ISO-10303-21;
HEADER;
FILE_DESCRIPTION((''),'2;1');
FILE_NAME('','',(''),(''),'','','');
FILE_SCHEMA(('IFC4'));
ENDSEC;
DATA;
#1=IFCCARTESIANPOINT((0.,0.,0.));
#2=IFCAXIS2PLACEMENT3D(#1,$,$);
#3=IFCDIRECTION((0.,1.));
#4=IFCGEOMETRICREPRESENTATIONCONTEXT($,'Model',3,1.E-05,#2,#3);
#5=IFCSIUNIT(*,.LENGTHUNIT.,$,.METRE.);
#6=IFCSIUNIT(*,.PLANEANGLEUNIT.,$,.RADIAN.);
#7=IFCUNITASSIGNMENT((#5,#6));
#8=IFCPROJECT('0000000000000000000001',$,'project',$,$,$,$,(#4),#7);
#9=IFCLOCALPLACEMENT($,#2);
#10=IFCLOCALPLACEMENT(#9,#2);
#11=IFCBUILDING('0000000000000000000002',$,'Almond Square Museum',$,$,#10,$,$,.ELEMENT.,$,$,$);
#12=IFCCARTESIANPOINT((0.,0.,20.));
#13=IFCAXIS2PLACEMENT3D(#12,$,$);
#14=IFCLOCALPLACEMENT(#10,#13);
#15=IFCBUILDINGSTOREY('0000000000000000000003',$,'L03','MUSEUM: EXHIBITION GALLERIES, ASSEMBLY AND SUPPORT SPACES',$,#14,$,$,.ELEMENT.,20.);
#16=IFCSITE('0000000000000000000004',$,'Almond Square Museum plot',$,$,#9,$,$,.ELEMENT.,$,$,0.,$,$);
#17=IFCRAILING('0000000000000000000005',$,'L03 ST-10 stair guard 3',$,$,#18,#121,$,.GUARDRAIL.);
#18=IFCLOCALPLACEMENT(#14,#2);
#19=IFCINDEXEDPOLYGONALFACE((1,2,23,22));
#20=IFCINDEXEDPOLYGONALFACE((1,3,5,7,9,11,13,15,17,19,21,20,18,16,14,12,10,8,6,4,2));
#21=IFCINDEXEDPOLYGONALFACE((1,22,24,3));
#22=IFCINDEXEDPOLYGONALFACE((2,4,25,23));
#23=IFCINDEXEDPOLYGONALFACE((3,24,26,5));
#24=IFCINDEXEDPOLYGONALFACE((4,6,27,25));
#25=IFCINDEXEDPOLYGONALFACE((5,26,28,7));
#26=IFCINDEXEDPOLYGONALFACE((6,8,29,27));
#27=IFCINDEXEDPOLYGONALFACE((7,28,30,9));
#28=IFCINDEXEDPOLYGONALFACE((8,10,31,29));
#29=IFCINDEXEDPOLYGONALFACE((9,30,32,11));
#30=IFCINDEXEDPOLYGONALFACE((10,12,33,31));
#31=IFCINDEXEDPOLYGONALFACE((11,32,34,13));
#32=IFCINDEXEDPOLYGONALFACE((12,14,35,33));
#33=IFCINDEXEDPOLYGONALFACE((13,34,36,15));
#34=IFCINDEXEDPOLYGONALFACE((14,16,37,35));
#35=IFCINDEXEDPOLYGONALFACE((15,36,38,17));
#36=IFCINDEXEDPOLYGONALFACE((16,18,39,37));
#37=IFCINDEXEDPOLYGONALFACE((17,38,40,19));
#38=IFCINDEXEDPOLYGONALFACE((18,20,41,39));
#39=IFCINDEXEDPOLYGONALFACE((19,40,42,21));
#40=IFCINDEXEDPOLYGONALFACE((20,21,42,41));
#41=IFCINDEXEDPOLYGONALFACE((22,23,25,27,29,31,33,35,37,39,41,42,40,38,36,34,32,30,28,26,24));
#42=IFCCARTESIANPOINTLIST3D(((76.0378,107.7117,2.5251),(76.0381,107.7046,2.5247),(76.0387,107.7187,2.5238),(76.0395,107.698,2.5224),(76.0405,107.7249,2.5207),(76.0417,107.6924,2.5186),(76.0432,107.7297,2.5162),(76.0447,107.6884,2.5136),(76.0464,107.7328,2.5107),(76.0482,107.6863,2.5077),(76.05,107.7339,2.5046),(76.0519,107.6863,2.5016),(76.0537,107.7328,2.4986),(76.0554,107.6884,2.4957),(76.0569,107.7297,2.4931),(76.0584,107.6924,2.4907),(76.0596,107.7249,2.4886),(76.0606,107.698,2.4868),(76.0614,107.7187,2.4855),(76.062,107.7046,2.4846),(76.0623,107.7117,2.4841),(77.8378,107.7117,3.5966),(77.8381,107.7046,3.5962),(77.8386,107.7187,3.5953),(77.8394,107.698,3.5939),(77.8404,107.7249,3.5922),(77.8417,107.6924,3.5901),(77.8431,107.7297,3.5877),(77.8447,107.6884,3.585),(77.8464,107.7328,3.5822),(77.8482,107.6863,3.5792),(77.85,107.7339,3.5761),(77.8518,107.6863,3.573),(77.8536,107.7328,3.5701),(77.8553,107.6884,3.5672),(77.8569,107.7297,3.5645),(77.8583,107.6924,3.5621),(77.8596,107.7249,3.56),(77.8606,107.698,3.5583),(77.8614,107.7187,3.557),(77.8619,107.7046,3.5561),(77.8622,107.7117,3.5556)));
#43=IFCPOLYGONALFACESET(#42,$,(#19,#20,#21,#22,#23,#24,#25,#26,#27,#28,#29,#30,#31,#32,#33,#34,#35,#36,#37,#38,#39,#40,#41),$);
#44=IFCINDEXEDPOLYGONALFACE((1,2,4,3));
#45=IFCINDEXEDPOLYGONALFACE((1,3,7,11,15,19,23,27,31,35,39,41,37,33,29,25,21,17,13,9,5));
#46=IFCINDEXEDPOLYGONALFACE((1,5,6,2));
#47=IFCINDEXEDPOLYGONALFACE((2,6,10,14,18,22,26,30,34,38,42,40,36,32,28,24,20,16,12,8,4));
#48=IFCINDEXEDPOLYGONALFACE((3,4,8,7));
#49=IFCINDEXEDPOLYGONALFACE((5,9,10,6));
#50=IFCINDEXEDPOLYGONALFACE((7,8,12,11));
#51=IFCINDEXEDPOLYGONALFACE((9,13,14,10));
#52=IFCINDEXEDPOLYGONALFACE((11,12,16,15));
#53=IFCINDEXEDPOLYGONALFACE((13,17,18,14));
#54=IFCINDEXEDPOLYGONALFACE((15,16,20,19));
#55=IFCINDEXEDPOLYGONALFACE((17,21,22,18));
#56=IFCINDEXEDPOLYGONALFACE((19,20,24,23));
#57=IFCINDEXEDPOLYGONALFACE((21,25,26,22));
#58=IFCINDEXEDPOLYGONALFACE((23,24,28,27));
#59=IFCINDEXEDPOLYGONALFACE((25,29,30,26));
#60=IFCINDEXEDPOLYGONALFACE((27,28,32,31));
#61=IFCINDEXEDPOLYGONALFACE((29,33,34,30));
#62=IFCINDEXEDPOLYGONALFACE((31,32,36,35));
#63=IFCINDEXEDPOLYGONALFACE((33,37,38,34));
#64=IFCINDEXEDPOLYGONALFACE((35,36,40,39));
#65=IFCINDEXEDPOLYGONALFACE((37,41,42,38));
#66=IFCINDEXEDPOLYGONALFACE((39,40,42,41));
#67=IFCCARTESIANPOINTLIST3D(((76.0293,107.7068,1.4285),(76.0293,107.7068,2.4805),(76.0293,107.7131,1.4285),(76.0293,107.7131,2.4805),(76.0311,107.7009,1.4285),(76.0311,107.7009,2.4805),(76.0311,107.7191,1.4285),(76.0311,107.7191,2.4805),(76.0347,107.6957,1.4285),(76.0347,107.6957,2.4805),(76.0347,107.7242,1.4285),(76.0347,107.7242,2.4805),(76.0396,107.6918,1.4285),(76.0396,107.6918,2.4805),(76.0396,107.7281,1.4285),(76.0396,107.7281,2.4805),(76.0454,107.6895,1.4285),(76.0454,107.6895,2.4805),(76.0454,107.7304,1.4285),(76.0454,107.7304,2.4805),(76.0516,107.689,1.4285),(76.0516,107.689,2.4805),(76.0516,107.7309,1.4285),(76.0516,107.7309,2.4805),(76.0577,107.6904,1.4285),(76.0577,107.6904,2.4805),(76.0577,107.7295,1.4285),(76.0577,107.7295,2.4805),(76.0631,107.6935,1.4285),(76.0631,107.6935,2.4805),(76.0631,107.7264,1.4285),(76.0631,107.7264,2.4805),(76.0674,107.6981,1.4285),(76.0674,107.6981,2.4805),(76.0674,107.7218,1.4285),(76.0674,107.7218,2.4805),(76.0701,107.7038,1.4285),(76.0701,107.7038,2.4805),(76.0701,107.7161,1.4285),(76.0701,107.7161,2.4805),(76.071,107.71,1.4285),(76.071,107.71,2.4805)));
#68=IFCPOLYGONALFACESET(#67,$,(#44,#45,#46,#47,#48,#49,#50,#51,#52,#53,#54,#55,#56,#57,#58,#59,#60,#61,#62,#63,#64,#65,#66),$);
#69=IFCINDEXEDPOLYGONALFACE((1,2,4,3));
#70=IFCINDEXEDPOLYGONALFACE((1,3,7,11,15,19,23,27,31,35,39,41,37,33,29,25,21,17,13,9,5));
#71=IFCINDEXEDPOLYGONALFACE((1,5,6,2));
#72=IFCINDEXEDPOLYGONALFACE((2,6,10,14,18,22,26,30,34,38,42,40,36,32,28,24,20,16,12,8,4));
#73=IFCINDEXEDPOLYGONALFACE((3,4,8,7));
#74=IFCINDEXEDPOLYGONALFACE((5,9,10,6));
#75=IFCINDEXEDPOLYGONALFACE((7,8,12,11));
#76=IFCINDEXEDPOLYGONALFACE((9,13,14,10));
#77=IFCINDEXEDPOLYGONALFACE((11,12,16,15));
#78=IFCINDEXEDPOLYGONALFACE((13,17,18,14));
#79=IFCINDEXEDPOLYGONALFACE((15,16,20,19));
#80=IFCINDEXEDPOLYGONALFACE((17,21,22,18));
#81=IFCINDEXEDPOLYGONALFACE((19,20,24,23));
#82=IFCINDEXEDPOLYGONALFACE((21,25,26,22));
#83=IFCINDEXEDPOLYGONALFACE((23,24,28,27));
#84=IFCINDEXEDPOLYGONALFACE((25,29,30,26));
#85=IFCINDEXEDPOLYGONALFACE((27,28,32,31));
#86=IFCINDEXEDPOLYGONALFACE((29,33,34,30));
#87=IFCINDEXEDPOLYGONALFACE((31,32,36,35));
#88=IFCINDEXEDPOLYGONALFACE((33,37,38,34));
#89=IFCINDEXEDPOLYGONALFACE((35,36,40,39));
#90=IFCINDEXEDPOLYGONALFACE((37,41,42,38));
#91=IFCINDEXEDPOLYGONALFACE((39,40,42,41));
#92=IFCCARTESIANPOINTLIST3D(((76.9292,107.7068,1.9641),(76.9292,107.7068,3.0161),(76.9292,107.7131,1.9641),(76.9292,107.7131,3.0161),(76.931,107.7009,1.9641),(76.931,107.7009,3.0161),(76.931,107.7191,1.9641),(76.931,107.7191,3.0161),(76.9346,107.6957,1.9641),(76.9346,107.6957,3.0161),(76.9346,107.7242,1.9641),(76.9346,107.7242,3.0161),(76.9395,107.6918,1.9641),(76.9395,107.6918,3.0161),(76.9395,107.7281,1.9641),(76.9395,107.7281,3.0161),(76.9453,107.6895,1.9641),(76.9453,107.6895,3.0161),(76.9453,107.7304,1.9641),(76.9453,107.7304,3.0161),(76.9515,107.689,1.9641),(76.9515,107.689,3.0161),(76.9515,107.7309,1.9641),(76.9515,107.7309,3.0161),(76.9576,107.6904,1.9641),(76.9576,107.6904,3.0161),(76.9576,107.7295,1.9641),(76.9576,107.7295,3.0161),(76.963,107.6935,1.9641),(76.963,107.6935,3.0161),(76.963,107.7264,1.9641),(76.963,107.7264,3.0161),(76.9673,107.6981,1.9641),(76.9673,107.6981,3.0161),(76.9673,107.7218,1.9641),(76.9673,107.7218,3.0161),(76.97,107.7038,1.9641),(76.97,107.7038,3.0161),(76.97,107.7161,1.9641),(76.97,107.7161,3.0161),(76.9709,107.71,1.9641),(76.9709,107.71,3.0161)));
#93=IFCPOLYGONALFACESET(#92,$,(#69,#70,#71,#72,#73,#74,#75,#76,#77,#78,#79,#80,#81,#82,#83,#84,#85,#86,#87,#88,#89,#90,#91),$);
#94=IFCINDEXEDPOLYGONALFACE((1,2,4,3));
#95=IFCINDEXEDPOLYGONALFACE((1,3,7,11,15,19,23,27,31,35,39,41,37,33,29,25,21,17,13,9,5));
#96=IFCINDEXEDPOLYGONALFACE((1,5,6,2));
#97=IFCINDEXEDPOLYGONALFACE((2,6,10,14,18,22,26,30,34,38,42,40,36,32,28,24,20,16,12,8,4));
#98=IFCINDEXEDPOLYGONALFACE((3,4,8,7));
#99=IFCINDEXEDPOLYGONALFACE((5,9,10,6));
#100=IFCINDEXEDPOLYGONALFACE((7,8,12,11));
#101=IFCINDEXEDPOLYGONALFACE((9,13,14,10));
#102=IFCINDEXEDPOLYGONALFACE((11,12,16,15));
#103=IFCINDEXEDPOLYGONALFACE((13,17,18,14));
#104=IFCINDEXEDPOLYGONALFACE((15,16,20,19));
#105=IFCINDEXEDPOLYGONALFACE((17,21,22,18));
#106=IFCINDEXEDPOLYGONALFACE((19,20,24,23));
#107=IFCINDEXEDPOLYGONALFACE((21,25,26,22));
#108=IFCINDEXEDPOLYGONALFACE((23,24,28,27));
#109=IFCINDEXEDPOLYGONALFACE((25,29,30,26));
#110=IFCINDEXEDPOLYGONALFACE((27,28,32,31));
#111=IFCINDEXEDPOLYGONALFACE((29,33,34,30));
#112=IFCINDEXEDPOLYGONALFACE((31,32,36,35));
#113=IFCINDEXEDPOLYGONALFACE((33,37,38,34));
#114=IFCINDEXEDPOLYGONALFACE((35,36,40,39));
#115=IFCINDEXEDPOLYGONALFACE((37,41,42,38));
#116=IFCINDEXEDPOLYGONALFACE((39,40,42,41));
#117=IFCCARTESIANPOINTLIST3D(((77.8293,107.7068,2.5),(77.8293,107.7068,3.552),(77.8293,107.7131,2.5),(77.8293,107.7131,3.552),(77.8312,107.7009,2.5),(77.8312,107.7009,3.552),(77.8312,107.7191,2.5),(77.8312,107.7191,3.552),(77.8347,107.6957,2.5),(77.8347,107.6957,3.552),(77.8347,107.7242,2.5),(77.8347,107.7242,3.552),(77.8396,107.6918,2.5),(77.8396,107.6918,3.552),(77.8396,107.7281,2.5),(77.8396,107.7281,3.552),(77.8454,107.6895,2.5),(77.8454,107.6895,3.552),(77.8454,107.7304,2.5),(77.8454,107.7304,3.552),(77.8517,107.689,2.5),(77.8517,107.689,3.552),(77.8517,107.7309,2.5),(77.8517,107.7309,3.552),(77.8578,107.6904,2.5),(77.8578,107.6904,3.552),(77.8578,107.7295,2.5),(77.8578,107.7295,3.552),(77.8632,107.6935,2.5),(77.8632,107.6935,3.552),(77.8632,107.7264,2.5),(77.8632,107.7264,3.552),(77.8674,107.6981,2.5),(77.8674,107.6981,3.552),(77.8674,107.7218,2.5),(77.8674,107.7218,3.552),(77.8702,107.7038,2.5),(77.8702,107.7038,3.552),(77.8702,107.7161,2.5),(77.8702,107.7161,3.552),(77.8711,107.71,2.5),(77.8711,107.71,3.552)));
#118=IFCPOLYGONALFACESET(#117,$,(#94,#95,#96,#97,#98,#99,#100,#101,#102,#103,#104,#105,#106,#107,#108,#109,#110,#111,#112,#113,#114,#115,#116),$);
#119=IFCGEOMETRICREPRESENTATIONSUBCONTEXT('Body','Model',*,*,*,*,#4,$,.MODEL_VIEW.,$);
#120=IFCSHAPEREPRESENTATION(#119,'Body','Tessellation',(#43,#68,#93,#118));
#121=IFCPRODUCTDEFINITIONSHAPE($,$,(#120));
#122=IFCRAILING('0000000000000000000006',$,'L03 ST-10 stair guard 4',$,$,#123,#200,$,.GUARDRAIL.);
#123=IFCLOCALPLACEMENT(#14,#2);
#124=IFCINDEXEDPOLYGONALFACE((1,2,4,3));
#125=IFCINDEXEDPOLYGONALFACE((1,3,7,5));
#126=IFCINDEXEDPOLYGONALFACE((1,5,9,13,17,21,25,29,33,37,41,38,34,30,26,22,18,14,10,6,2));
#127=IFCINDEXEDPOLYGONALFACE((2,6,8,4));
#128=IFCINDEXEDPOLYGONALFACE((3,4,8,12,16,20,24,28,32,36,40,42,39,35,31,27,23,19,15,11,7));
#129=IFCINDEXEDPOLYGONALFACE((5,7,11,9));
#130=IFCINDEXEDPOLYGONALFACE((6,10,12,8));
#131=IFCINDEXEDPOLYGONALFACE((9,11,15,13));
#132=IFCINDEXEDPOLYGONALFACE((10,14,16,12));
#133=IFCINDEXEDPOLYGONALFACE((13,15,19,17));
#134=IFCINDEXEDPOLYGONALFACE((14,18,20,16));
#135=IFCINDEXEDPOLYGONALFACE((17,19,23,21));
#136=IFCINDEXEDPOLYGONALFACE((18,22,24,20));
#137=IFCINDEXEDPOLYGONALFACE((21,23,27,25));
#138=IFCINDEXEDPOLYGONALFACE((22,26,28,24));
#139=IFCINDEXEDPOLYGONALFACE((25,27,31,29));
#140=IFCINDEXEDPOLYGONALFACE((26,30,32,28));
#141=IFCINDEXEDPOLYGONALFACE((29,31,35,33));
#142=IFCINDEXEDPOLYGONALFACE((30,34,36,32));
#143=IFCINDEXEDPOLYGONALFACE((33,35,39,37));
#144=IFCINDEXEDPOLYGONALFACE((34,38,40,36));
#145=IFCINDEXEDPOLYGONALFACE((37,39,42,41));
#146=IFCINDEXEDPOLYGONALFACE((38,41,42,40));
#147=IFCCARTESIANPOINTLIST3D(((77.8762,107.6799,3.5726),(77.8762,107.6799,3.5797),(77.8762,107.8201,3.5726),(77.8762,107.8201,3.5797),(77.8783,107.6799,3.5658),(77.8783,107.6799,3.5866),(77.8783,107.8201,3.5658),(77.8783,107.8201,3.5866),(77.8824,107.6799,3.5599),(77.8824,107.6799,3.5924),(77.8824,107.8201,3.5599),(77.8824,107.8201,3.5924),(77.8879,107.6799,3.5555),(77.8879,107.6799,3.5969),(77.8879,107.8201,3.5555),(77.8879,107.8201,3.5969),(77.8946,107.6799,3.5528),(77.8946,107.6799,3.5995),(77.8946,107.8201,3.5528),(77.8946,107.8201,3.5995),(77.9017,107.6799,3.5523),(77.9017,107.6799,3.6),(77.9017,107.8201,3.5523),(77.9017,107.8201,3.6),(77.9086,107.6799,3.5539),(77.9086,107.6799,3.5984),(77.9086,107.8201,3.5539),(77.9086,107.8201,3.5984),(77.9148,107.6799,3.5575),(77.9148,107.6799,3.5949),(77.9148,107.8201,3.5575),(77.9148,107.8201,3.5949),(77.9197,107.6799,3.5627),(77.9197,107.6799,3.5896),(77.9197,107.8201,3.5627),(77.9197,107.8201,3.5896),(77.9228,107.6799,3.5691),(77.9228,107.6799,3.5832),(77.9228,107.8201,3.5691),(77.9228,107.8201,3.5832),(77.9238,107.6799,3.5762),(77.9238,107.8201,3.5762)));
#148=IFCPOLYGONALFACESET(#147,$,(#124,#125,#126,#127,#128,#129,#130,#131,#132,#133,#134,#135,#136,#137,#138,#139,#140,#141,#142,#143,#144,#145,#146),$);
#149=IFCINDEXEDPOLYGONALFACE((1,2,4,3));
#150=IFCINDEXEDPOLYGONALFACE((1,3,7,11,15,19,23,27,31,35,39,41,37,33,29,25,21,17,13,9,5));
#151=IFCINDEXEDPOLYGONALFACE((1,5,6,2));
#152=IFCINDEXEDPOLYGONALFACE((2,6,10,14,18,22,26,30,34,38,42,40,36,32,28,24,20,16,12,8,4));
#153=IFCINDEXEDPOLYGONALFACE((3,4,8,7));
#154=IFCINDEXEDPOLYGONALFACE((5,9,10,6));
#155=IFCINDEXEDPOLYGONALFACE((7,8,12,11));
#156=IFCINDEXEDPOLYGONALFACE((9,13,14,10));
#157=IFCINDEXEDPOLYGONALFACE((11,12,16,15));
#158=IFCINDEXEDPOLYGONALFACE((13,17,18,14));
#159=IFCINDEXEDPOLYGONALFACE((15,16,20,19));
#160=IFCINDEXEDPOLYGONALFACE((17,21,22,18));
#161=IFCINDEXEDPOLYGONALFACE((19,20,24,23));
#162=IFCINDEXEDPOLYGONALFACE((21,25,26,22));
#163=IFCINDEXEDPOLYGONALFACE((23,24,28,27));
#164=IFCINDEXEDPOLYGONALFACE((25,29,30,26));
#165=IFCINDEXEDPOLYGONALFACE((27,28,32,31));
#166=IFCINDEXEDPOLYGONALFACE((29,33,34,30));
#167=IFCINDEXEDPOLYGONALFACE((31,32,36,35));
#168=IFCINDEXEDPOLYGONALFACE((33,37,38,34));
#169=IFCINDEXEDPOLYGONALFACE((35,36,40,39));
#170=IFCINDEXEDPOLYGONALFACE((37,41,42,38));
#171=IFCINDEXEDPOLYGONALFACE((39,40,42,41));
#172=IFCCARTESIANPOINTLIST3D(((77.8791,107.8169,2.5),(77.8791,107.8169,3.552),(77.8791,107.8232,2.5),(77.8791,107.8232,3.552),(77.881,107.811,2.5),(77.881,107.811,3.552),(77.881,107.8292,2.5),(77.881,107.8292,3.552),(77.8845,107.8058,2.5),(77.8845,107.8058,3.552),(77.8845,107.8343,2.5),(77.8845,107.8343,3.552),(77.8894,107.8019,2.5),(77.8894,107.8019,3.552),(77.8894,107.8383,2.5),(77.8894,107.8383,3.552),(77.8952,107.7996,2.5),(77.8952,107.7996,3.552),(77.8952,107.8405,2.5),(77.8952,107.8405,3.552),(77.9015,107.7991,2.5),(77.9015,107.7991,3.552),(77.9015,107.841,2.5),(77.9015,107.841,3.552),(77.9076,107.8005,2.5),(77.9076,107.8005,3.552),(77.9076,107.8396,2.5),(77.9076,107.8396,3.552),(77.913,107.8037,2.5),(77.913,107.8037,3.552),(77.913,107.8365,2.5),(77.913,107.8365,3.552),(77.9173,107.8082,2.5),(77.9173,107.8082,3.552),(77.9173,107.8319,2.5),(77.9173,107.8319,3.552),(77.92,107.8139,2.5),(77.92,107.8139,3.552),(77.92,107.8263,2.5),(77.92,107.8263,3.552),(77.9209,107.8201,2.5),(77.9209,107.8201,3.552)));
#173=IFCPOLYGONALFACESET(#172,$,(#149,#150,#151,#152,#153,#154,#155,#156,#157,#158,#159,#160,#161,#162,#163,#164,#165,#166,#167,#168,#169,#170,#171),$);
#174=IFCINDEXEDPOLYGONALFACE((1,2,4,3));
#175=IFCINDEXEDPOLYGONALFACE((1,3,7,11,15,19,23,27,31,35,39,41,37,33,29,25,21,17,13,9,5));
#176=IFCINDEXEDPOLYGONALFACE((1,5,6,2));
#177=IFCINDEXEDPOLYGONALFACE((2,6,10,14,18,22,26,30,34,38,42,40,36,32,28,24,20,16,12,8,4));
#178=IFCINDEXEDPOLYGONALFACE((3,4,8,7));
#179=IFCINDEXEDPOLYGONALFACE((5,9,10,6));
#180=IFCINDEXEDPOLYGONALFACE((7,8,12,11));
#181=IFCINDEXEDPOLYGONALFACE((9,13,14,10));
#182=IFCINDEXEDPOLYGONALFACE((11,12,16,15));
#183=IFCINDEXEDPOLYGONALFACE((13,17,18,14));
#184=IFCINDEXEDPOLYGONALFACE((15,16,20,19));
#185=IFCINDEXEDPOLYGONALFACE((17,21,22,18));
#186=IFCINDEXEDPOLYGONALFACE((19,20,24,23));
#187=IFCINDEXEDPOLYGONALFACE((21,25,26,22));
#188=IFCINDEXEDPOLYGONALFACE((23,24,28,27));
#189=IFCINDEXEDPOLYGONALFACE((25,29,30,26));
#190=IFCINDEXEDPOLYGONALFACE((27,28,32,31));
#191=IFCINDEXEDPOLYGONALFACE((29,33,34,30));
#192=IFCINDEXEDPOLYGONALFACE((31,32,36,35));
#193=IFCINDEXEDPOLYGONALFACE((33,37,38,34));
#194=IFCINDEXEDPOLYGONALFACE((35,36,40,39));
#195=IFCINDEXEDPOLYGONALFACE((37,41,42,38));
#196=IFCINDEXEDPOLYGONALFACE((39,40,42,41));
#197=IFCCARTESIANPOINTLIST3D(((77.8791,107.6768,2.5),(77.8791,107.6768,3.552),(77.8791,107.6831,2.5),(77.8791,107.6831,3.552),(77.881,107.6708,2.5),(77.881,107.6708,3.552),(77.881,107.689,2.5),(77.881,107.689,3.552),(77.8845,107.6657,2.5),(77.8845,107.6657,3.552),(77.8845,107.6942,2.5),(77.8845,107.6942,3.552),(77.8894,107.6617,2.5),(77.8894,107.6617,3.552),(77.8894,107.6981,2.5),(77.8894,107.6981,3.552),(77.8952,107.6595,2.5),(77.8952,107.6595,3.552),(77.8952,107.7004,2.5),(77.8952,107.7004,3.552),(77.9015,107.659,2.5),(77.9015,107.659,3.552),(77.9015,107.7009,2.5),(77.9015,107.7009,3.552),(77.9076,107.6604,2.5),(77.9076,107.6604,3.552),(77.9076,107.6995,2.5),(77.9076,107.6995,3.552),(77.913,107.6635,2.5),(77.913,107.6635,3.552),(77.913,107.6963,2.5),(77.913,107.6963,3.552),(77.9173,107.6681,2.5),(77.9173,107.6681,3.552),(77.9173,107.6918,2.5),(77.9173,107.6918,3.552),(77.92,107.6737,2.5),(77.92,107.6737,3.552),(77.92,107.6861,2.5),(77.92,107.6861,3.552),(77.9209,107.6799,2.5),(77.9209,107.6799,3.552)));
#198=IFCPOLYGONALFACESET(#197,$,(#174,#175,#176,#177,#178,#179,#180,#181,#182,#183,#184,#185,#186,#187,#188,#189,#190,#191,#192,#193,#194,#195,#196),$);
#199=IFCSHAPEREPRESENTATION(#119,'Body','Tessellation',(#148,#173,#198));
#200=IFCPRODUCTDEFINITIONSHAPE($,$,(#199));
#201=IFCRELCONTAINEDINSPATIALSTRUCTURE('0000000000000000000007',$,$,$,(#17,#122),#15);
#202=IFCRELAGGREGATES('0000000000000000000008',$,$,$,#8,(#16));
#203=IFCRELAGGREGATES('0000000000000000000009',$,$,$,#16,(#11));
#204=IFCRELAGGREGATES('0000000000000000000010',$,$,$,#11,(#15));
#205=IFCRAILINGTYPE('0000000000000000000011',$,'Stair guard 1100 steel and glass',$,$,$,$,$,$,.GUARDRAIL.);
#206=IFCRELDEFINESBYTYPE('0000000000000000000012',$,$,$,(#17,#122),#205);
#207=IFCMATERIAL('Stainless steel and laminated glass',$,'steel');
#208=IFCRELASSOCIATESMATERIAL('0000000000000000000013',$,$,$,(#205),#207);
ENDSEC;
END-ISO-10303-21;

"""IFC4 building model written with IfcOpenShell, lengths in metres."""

from ifc_helpers import new_model, si_unit, direction, frame, origin, origin_2d, place, context, subcontext, project, spatial, circle, extrude, material, type_object, element, save


model = new_model("IFC4")

# Units and contexts
model_context = context("Model", 3, precision=1e-05, world=origin(), true_north=direction((0.0, 1.0)))
body_context = subcontext(model_context, "Body", "Model", "MODEL_VIEW")
ifc_project = project(units=[si_unit("LENGTHUNIT", "METRE"), si_unit("PLANEANGLEUNIT", "RADIAN")], contexts=[model_context])

# Site, building, storey
site_placement = place(None, origin())
site = spatial("IfcSite", under=ifc_project, at=site_placement, Name="Almond Square Museum plot", CompositionType="ELEMENT", RefElevation=0.0)
building_placement = place(site_placement, origin())
building = spatial("IfcBuilding", under=site, at=building_placement, Name="Almond Square Museum", CompositionType="ELEMENT")
storey_placement = place(building_placement, frame((0.0, 0.0, 20.0)))
storey = spatial("IfcBuildingStorey", under=building, at=storey_placement, Name="L03", Description="MUSEUM: EXHIBITION GALLERIES, ASSEMBLY AND SUPPORT SPACES", CompositionType="ELEMENT", Elevation=20.0)

# Railings
ifc_material_1 = material(Name="Stainless steel and laminated glass", Category="steel")
railing_type_1 = type_object("IfcRailingType", Name="Stair guard 1100 steel and glass", PredefinedType="GUARDRAIL", material=ifc_material_1)
railing_1_placement = place(storey_placement, frame((76.05, 107.71, 1.4285)))
element("IfcRailing", 1, at=railing_1_placement, inside=storey, type_object=railing_type_1, Name="L03 ST-10 stair guard 3", PredefinedType="GUARDRAIL", context=body_context, shape_type="SweptSolid", body=[
    extrude(circle(Radius=0.0239, at=origin_2d()), frame((0.0, 0.0, 1.0762), z_axis=(0.859277, 0.0, 0.51151), x_axis=(0.0, 1.0, 0.0)), (0.0, 0.0, 1.0), 2.0947),
    extrude(circle(Radius=0.021, at=origin_2d()), origin(), (0.0, 0.0, 1.0), 1.052),
    extrude(circle(Radius=0.021, at=origin_2d()), frame((0.8999, 0.0, 0.5356)), (0.0, 0.0, 1.0), 1.052),
    extrude(circle(Radius=0.021, at=origin_2d()), frame((1.8, 0.0, 1.0715)), (0.0, 0.0, 1.0), 1.052),
])
railing_2_placement = place(storey_placement, frame((77.8999, 107.8201, 2.5)))
element("IfcRailing", 2, at=railing_2_placement, inside=storey, type_object=railing_type_1, Name="L03 ST-10 stair guard 4", PredefinedType="GUARDRAIL", context=body_context, shape_type="SweptSolid", body=[
    extrude(circle(Radius=0.0239, at=origin_2d()), frame((0.0, 0.0, 1.0762), z_axis=(0.0, -1.0, 0.0), x_axis=(1.0, 0.0, 0.0)), (0.0, 0.0, 1.0), 0.1401),
    extrude(circle(Radius=0.021, at=origin_2d()), origin(), (0.0, 0.0, 1.0), 1.052),
    extrude(circle(Radius=0.021, at=origin_2d()), frame((0.0, -0.1401, 0.0)), (0.0, 0.0, 1.0), 1.052),
])

save(model, "model.ifc")
